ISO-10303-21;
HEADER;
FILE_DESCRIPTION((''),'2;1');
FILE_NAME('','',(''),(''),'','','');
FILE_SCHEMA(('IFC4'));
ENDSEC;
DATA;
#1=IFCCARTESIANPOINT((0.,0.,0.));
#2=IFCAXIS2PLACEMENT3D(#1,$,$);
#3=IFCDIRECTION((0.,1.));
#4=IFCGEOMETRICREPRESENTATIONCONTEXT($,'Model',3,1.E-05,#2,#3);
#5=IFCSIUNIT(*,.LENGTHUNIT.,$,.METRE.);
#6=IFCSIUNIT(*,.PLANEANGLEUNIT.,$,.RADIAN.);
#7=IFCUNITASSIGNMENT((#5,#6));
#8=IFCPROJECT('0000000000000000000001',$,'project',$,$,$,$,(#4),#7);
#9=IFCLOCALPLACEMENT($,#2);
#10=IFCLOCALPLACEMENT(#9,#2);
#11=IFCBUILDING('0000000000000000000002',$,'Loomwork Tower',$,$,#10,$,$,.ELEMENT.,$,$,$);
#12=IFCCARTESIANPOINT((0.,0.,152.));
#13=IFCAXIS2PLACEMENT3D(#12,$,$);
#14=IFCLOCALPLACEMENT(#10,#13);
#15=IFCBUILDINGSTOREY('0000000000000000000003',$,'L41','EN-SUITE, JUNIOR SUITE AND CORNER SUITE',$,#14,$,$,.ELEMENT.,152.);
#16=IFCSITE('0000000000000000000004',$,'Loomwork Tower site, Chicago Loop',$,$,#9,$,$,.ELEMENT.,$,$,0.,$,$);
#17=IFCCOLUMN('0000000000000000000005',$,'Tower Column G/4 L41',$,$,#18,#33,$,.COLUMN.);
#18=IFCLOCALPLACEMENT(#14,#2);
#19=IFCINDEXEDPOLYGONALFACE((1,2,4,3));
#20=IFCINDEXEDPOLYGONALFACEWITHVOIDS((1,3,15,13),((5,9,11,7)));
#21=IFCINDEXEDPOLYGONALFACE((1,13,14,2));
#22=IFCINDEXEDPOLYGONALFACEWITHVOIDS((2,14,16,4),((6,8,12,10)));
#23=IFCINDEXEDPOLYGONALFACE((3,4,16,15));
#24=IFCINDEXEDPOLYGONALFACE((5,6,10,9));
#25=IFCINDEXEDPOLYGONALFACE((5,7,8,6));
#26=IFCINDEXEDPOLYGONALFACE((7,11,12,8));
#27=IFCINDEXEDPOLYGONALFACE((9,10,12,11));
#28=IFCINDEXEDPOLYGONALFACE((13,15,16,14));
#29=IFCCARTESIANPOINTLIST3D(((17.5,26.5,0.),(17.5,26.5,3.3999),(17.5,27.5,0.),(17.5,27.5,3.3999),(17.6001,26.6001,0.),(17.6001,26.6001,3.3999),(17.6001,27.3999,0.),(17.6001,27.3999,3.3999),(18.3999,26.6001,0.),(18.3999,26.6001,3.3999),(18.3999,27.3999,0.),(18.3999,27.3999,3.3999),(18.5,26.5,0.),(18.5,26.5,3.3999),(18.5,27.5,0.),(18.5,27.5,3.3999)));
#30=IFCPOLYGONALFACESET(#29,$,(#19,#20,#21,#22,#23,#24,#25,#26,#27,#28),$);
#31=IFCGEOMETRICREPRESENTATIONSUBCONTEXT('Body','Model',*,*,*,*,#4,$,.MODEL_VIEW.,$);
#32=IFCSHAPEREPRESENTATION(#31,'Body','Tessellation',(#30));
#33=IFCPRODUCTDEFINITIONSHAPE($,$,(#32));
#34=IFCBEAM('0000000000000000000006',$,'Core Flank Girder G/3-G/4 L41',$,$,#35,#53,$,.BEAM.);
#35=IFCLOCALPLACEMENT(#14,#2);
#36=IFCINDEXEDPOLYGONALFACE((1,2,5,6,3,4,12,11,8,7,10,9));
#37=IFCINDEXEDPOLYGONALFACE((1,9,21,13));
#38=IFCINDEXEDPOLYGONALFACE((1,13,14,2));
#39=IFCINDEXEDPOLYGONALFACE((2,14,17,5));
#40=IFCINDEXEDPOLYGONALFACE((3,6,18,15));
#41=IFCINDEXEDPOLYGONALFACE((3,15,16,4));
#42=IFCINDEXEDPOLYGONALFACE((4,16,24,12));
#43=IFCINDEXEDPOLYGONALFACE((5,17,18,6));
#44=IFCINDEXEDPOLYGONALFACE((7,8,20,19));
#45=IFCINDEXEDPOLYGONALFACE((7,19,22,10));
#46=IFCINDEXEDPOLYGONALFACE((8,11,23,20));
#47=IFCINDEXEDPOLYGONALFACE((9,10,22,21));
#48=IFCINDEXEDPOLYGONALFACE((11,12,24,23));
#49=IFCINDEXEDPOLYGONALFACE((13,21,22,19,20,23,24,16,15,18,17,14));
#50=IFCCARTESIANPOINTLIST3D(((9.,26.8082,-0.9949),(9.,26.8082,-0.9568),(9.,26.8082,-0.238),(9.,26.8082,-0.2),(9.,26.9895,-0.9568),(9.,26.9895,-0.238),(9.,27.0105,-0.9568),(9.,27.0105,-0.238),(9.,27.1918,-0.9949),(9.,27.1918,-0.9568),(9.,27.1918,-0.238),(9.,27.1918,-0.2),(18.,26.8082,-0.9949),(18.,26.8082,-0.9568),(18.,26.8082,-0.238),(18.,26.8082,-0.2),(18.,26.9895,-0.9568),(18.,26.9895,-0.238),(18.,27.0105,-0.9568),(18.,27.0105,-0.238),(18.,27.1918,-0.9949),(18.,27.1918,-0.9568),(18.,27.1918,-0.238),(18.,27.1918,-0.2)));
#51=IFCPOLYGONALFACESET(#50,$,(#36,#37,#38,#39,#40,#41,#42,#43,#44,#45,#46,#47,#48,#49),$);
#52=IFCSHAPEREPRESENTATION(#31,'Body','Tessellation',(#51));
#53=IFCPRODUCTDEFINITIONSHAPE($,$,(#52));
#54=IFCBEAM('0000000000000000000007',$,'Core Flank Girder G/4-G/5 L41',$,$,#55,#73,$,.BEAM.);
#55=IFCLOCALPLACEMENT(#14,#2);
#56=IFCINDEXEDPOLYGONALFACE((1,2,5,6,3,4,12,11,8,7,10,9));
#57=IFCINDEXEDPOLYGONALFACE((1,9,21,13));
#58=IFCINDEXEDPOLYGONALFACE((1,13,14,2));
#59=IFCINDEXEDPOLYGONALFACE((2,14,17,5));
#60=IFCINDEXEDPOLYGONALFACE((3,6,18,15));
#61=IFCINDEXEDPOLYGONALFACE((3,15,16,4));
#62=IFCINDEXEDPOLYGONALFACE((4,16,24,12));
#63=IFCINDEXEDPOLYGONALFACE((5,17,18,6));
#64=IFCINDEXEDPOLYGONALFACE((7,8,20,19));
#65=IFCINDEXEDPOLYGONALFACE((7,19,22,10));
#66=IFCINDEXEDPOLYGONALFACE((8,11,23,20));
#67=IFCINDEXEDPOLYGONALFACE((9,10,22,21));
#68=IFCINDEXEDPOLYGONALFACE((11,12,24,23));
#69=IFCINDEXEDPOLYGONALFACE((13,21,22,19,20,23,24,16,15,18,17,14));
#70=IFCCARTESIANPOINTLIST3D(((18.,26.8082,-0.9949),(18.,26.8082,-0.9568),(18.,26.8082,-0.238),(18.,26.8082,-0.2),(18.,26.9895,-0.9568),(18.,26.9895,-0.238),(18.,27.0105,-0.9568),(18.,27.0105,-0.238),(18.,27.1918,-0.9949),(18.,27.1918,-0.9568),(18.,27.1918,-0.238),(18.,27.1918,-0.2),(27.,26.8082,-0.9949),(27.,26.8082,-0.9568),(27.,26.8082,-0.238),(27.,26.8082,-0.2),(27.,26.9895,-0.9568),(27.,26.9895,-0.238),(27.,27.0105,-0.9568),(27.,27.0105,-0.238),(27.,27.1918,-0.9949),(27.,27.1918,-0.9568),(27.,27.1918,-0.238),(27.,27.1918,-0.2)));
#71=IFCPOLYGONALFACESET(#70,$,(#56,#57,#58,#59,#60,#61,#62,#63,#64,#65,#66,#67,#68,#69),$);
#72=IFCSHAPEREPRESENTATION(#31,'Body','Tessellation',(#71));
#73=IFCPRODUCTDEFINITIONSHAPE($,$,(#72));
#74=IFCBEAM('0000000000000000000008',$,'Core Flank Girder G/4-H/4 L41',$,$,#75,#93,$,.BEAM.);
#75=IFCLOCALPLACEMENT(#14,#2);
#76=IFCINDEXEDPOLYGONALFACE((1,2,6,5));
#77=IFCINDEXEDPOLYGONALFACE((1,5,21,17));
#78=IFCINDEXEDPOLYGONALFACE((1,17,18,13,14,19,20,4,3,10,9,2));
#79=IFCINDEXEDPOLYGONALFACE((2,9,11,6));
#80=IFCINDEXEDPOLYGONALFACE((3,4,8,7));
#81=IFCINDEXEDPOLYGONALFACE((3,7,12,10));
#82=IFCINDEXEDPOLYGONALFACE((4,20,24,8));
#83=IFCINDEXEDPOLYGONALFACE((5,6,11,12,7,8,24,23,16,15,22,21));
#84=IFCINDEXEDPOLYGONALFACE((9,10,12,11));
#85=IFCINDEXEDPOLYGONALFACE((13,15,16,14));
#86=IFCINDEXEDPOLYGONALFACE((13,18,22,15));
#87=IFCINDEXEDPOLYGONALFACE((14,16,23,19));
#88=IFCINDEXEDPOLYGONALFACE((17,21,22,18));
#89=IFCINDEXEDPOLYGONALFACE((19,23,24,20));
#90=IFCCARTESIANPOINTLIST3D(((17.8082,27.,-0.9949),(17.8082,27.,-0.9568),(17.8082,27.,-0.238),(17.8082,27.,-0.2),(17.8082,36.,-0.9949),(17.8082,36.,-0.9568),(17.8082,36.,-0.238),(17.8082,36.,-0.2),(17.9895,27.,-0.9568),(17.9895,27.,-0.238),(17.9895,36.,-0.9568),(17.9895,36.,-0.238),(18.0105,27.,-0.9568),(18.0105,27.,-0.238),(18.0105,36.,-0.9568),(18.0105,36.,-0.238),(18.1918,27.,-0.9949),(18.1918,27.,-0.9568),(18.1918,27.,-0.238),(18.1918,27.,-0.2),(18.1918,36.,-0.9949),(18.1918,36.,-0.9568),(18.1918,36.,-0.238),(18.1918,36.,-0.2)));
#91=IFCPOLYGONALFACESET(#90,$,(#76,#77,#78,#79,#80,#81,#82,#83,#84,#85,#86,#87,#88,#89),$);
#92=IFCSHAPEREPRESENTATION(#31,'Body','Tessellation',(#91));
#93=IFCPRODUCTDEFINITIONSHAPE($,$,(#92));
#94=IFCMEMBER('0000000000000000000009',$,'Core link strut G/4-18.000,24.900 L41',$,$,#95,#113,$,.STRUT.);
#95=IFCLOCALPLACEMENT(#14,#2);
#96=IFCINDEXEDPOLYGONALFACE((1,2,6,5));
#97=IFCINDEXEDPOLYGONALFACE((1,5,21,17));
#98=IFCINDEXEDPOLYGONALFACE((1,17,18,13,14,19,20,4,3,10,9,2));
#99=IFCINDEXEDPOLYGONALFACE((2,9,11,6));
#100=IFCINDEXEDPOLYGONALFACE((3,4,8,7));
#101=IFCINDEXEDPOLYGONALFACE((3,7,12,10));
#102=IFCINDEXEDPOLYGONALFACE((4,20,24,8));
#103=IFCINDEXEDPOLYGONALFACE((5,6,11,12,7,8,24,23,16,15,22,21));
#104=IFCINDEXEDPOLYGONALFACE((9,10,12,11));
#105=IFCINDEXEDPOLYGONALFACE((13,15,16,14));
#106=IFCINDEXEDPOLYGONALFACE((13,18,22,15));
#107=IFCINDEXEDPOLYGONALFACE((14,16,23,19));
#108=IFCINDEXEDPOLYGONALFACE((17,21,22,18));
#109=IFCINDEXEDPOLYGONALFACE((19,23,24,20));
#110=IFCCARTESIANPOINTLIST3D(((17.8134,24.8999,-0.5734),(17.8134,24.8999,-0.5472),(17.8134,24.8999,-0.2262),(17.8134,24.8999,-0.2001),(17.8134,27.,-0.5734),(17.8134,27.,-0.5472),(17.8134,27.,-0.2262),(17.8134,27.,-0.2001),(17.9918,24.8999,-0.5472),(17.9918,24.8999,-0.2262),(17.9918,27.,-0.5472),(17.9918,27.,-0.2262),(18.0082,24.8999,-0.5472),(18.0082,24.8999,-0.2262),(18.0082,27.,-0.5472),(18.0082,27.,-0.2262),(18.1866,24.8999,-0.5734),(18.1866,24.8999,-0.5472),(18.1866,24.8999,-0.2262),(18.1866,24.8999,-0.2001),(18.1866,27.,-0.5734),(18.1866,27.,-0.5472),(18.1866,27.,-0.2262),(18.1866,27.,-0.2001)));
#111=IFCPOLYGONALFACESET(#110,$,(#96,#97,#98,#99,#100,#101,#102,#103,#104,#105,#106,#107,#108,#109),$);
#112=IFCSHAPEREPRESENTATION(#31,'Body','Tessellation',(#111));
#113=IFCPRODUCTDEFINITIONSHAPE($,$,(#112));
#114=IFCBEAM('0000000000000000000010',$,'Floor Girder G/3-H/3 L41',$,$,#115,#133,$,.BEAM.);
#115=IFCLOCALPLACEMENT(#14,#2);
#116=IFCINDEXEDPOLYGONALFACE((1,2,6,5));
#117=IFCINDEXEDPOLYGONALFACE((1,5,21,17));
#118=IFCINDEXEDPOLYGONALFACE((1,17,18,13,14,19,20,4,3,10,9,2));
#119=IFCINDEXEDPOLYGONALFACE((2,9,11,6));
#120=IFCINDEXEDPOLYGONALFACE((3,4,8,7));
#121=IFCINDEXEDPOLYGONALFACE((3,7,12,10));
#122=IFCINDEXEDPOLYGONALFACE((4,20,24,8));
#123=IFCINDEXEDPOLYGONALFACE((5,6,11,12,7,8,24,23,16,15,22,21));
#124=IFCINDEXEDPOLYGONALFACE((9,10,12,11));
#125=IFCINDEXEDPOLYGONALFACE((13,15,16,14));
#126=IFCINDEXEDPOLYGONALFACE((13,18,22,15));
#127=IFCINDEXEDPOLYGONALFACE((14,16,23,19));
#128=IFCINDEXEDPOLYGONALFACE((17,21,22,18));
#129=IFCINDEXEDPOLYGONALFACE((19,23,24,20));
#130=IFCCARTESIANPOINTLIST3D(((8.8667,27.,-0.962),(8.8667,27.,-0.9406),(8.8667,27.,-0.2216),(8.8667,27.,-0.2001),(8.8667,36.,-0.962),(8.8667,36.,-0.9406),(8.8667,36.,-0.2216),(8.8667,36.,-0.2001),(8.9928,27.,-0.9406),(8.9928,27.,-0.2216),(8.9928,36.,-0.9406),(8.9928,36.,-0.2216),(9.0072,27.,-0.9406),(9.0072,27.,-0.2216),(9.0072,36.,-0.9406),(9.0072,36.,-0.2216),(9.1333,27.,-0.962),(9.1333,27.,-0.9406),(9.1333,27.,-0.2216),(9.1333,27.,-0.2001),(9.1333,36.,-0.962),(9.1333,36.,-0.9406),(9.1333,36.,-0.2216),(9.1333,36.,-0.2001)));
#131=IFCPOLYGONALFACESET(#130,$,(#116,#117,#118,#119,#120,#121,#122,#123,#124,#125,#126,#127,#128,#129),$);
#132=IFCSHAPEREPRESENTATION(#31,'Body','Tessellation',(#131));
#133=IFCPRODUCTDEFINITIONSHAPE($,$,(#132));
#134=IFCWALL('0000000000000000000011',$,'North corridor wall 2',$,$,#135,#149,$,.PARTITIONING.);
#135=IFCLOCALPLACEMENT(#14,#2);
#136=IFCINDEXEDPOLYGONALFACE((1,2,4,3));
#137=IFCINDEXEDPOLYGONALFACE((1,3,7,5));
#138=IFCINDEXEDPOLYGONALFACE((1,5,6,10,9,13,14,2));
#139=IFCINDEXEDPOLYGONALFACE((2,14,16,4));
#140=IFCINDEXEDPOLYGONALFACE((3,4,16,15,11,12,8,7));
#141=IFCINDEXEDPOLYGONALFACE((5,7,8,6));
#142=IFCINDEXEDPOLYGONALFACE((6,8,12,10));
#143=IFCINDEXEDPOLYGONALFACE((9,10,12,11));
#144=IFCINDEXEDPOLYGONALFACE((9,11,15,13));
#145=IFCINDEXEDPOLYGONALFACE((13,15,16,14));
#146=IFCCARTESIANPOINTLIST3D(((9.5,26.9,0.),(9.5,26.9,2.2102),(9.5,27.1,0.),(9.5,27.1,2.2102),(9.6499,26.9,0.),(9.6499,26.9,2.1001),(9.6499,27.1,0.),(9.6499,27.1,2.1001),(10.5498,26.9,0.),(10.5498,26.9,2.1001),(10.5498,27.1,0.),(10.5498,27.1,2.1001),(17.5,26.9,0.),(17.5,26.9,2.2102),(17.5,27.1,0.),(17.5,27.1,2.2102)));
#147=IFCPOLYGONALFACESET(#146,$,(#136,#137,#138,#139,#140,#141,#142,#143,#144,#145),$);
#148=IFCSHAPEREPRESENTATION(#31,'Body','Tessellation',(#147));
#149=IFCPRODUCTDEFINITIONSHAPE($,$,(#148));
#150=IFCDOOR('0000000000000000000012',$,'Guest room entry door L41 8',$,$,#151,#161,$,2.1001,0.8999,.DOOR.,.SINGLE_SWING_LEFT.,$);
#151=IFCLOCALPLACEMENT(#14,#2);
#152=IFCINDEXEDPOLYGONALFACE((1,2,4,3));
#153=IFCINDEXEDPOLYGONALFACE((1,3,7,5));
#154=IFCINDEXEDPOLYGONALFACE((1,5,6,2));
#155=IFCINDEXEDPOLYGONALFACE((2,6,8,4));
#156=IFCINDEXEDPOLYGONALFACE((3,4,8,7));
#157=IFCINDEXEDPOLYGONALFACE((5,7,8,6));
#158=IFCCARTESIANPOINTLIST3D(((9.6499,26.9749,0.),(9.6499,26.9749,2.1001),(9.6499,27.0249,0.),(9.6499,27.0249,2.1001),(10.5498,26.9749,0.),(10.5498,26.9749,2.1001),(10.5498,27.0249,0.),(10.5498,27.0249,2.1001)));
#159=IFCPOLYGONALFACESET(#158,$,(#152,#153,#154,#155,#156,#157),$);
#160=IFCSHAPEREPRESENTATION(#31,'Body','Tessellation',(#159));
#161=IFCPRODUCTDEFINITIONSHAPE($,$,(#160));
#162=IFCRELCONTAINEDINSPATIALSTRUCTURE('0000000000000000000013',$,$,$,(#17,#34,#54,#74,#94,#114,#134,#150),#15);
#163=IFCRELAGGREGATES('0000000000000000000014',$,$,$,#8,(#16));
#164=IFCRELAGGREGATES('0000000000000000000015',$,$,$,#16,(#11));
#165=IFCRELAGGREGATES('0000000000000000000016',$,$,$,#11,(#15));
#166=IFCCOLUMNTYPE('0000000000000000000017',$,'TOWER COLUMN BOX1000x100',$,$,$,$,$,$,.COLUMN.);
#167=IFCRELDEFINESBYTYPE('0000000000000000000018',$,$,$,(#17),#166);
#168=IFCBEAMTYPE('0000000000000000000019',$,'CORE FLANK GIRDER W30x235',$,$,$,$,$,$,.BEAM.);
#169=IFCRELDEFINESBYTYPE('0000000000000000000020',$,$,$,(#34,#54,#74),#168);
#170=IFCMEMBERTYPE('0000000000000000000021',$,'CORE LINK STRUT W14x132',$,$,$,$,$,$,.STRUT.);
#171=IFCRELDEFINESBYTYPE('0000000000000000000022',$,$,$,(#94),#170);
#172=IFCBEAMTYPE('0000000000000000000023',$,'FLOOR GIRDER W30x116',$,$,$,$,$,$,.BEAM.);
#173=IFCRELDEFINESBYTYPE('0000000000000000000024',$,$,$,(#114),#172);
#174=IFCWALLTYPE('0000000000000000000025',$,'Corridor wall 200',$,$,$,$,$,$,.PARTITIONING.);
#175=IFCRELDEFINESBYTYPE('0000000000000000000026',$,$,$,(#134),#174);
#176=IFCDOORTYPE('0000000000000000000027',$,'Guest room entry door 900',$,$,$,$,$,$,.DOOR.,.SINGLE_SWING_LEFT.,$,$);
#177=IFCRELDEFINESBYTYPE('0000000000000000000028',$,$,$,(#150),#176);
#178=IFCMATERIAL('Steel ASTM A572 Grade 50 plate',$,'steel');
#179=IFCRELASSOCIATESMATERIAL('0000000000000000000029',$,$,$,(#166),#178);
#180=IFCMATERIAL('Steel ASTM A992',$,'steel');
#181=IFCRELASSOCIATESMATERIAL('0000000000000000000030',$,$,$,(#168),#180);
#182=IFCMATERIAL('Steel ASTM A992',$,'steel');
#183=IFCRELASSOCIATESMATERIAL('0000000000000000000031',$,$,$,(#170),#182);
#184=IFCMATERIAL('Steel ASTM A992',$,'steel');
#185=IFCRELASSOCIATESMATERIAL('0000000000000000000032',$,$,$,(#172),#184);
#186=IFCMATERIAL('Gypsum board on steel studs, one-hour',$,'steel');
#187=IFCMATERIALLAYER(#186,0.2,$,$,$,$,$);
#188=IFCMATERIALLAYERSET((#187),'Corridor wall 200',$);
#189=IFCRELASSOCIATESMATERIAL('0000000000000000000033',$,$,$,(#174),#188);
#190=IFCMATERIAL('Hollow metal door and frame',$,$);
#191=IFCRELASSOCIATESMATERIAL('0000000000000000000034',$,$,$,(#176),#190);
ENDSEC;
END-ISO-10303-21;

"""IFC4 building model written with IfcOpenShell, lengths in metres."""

from ifc_helpers import new_model, si_unit, direction, frame, frame_2d, origin, origin_2d, place, context, subcontext, project, spatial, rectangle, hollow_rectangle, i_section, extrude, material, layer, layer_set, material_profile, profile_set, type_object, element, fill, save


model = new_model("IFC4")

# Units and contexts
model_context = context("Model", 3, precision=1e-05, world=origin(), true_north=direction((0.0, 1.0)))
body_context = subcontext(model_context, "Body", "Model", "MODEL_VIEW")
ifc_project = project(units=[si_unit("LENGTHUNIT", "METRE"), si_unit("PLANEANGLEUNIT", "RADIAN")], contexts=[model_context])

# Site, building, storey
site_placement = place(None, origin())
site = spatial("IfcSite", under=ifc_project, at=site_placement, Name="Loomwork Tower site, Chicago Loop", CompositionType="ELEMENT", RefElevation=0.0)
building_placement = place(site_placement, origin())
building = spatial("IfcBuilding", under=site, at=building_placement, Name="Loomwork Tower", CompositionType="ELEMENT")
storey_placement = place(building_placement, frame((0.0, 0.0, 152.0)))
storey = spatial("IfcBuildingStorey", under=building, at=storey_placement, Name="L41", Description="EN-SUITE, JUNIOR SUITE AND CORNER SUITE", CompositionType="ELEMENT", Elevation=152.0)

# Column
ifc_material_1 = material(Name="Steel ASTM A572 Grade 50 plate", Category="steel")
ifc_material_profile_1 = material_profile(ifc_material_1, hollow_rectangle(XDim=1.0, YDim=1.0, WallThickness=0.1001, at=origin_2d()), Name="BOX1000x100")
ifc_profile_set_1 = profile_set([ifc_material_profile_1], Name="Steel ASTM A572 Grade 50 plate")
column_type = type_object("IfcColumnType", Name="TOWER COLUMN BOX1000x100", PredefinedType="COLUMN", material=ifc_profile_set_1)
column_placement = place(storey_placement, frame((18.0, 27.0, 0.0), z_axis=(0.0, 0.0, 1.0), x_axis=(1.0, 0.0, 0.0)))
element("IfcColumn", 1, at=column_placement, inside=storey, type_object=column_type, Name="Tower Column G/4 L41", PredefinedType="COLUMN", context=body_context, shape_type="SweptSolid", body=[
    extrude(hollow_rectangle(XDim=1.0, YDim=1.0, WallThickness=0.1001, at=origin_2d()), origin(), (0.0, 0.0, 1.0), 3.3999),
])

# Beams
ifc_material_2 = material(Name="Steel ASTM A992", Category="steel")
ifc_material_profile_2 = material_profile(ifc_material_2, i_section(OverallWidth=0.3835, OverallDepth=0.7949, WebThickness=0.021, FlangeThickness=0.0381, at=origin_2d()), Name="W30x235")
ifc_profile_set_2 = profile_set([ifc_material_profile_2], Name="Steel ASTM A992")
beam_type_1 = type_object("IfcBeamType", Name="CORE FLANK GIRDER W30x235", PredefinedType="BEAM", material=ifc_profile_set_2)
for number, where, z_axis, x_axis, name in (
    (2, (9.0, 27.0, -0.5974), (1.0, 0.0, 0.0), (0.0, 1.0, 0.0), "Core Flank Girder G/3-G/4 L41"),
    (3, (18.0, 27.0, -0.5974), (1.0, 0.0, 0.0), (0.0, 1.0, 0.0), "Core Flank Girder G/4-G/5 L41"),
    (4, (18.0, 27.0, -0.5974), (0.0, 1.0, 0.0), (-1.0, 0.0, 0.0), "Core Flank Girder G/4-H/4 L41"),
):
    element("IfcBeam", number, at=place(storey_placement, frame(where, z_axis=z_axis, x_axis=x_axis)), inside=storey, type_object=beam_type_1, Name=name, PredefinedType="BEAM", context=body_context, shape_type="SweptSolid", body=[
        extrude(i_section(OverallWidth=0.3835, OverallDepth=0.7949, WebThickness=0.021, FlangeThickness=0.0381, at=origin_2d()), origin(), (0.0, 0.0, 1.0), 9.0),
    ])

# Member
ifc_material_3 = material(Name="Steel ASTM A992", Category="steel")
ifc_material_profile_3 = material_profile(ifc_material_3, i_section(OverallWidth=0.3733, OverallDepth=0.3733, WebThickness=0.0164, FlangeThickness=0.0261, at=origin_2d()), Name="W14x132")
ifc_profile_set_3 = profile_set([ifc_material_profile_3], Name="Steel ASTM A992")
member_type = type_object("IfcMemberType", Name="CORE LINK STRUT W14x132", PredefinedType="STRUT", material=ifc_profile_set_3)
member_placement = place(storey_placement, frame((18.0, 27.0, -0.3867), z_axis=(0.0, -1.0, 0.0), x_axis=(1.0, 0.0, 0.0)))
element("IfcMember", 5, at=member_placement, inside=storey, type_object=member_type, Name="Core link strut G/4-18.000,24.900 L41", PredefinedType="STRUT", context=body_context, shape_type="SweptSolid", body=[
    extrude(i_section(OverallWidth=0.3733, OverallDepth=0.3733, WebThickness=0.0164, FlangeThickness=0.0261, at=origin_2d()), origin(), (0.0, 0.0, 1.0), 2.1001),
])

# Beam
ifc_material_4 = material(Name="Steel ASTM A992", Category="steel")
ifc_material_profile_4 = material_profile(ifc_material_4, i_section(OverallWidth=0.2666, OverallDepth=0.762, WebThickness=0.0144, FlangeThickness=0.0215, at=origin_2d()), Name="W30x116")
ifc_profile_set_4 = profile_set([ifc_material_profile_4], Name="Steel ASTM A992")
beam_type_2 = type_object("IfcBeamType", Name="FLOOR GIRDER W30x116", PredefinedType="BEAM", material=ifc_profile_set_4)
beam_placement = place(storey_placement, frame((9.0, 27.0, -0.5811), z_axis=(0.0, 1.0, 0.0), x_axis=(-1.0, 0.0, 0.0)))
element("IfcBeam", 6, at=beam_placement, inside=storey, type_object=beam_type_2, Name="Floor Girder G/3-H/3 L41", PredefinedType="BEAM", context=body_context, shape_type="SweptSolid", body=[
    extrude(i_section(OverallWidth=0.2666, OverallDepth=0.762, WebThickness=0.0144, FlangeThickness=0.0215, at=origin_2d()), origin(), (0.0, 0.0, 1.0), 9.0),
])

# Wall, opening, door
ifc_material_5 = material(Name="Gypsum board on steel studs, one-hour", Category="steel")
ifc_layer_1 = layer(ifc_material_5, 0.2)
ifc_layer_set_1 = layer_set([ifc_layer_1], Name="Corridor wall 200")
wall_type_1 = type_object("IfcWallType", Name="Corridor wall 200", PredefinedType="PARTITIONING", material=ifc_layer_set_1)
wall_1_placement = place(storey_placement, frame((9.5, 27.0, 0.0), z_axis=(0.0, 0.0, 1.0), x_axis=(1.0, 0.0, 0.0)))
wall_1 = element("IfcWall", 7, at=wall_1_placement, inside=storey, type_object=wall_type_1, Name="North corridor wall 2", PredefinedType="PARTITIONING", context=body_context, shape_type="SweptSolid", body=[
    extrude(rectangle(XDim=8.0, YDim=0.2, at=frame_2d((4.0, 0.0))), origin(), (0.0, 0.0, 1.0), 2.2102),
])
opening_1_placement = place(wall_1_placement, frame((0.1499, 0.0, 0.0)))
opening_1 = element("IfcOpeningElement", 8, at=opening_1_placement, cuts=wall_1, PredefinedType="OPENING", context=body_context, shape_type="SweptSolid", body=[
    extrude(rectangle(XDim=0.8999, YDim=2.1001, at=frame_2d((0.45, 1.05))), frame((0.0, 0.1099, 0.0), z_axis=(0.0, -1.0, 0.0), x_axis=(1.0, 0.0, 0.0)), (0.0, 0.0, 1.0), 0.22),
])
ifc_material_6 = material(Name="Hollow metal door and frame")
door_type = type_object("IfcDoorType", Name="Guest room entry door 900", OperationType="SINGLE_SWING_LEFT", PredefinedType="DOOR", material=ifc_material_6)
door_1_placement = place(opening_1_placement, origin())
door_1 = element("IfcDoor", 9, at=door_1_placement, inside=storey, type_object=door_type, Name="Guest room entry door L41 8", OperationType="SINGLE_SWING_LEFT", OverallHeight=2.1001, OverallWidth=0.8999, PredefinedType="DOOR", context=body_context, shape_type="SweptSolid", body=[
    extrude(rectangle(XDim=0.8999, YDim=2.1001, at=frame_2d((0.45, 1.05))), frame((0.0, 0.0249, 0.0), z_axis=(0.0, -1.0, 0.0), x_axis=(1.0, 0.0, 0.0)), (0.0, 0.0, 1.0), 0.05),
])
fill(opening_1, door_1)

save(model, "model.ifc")
